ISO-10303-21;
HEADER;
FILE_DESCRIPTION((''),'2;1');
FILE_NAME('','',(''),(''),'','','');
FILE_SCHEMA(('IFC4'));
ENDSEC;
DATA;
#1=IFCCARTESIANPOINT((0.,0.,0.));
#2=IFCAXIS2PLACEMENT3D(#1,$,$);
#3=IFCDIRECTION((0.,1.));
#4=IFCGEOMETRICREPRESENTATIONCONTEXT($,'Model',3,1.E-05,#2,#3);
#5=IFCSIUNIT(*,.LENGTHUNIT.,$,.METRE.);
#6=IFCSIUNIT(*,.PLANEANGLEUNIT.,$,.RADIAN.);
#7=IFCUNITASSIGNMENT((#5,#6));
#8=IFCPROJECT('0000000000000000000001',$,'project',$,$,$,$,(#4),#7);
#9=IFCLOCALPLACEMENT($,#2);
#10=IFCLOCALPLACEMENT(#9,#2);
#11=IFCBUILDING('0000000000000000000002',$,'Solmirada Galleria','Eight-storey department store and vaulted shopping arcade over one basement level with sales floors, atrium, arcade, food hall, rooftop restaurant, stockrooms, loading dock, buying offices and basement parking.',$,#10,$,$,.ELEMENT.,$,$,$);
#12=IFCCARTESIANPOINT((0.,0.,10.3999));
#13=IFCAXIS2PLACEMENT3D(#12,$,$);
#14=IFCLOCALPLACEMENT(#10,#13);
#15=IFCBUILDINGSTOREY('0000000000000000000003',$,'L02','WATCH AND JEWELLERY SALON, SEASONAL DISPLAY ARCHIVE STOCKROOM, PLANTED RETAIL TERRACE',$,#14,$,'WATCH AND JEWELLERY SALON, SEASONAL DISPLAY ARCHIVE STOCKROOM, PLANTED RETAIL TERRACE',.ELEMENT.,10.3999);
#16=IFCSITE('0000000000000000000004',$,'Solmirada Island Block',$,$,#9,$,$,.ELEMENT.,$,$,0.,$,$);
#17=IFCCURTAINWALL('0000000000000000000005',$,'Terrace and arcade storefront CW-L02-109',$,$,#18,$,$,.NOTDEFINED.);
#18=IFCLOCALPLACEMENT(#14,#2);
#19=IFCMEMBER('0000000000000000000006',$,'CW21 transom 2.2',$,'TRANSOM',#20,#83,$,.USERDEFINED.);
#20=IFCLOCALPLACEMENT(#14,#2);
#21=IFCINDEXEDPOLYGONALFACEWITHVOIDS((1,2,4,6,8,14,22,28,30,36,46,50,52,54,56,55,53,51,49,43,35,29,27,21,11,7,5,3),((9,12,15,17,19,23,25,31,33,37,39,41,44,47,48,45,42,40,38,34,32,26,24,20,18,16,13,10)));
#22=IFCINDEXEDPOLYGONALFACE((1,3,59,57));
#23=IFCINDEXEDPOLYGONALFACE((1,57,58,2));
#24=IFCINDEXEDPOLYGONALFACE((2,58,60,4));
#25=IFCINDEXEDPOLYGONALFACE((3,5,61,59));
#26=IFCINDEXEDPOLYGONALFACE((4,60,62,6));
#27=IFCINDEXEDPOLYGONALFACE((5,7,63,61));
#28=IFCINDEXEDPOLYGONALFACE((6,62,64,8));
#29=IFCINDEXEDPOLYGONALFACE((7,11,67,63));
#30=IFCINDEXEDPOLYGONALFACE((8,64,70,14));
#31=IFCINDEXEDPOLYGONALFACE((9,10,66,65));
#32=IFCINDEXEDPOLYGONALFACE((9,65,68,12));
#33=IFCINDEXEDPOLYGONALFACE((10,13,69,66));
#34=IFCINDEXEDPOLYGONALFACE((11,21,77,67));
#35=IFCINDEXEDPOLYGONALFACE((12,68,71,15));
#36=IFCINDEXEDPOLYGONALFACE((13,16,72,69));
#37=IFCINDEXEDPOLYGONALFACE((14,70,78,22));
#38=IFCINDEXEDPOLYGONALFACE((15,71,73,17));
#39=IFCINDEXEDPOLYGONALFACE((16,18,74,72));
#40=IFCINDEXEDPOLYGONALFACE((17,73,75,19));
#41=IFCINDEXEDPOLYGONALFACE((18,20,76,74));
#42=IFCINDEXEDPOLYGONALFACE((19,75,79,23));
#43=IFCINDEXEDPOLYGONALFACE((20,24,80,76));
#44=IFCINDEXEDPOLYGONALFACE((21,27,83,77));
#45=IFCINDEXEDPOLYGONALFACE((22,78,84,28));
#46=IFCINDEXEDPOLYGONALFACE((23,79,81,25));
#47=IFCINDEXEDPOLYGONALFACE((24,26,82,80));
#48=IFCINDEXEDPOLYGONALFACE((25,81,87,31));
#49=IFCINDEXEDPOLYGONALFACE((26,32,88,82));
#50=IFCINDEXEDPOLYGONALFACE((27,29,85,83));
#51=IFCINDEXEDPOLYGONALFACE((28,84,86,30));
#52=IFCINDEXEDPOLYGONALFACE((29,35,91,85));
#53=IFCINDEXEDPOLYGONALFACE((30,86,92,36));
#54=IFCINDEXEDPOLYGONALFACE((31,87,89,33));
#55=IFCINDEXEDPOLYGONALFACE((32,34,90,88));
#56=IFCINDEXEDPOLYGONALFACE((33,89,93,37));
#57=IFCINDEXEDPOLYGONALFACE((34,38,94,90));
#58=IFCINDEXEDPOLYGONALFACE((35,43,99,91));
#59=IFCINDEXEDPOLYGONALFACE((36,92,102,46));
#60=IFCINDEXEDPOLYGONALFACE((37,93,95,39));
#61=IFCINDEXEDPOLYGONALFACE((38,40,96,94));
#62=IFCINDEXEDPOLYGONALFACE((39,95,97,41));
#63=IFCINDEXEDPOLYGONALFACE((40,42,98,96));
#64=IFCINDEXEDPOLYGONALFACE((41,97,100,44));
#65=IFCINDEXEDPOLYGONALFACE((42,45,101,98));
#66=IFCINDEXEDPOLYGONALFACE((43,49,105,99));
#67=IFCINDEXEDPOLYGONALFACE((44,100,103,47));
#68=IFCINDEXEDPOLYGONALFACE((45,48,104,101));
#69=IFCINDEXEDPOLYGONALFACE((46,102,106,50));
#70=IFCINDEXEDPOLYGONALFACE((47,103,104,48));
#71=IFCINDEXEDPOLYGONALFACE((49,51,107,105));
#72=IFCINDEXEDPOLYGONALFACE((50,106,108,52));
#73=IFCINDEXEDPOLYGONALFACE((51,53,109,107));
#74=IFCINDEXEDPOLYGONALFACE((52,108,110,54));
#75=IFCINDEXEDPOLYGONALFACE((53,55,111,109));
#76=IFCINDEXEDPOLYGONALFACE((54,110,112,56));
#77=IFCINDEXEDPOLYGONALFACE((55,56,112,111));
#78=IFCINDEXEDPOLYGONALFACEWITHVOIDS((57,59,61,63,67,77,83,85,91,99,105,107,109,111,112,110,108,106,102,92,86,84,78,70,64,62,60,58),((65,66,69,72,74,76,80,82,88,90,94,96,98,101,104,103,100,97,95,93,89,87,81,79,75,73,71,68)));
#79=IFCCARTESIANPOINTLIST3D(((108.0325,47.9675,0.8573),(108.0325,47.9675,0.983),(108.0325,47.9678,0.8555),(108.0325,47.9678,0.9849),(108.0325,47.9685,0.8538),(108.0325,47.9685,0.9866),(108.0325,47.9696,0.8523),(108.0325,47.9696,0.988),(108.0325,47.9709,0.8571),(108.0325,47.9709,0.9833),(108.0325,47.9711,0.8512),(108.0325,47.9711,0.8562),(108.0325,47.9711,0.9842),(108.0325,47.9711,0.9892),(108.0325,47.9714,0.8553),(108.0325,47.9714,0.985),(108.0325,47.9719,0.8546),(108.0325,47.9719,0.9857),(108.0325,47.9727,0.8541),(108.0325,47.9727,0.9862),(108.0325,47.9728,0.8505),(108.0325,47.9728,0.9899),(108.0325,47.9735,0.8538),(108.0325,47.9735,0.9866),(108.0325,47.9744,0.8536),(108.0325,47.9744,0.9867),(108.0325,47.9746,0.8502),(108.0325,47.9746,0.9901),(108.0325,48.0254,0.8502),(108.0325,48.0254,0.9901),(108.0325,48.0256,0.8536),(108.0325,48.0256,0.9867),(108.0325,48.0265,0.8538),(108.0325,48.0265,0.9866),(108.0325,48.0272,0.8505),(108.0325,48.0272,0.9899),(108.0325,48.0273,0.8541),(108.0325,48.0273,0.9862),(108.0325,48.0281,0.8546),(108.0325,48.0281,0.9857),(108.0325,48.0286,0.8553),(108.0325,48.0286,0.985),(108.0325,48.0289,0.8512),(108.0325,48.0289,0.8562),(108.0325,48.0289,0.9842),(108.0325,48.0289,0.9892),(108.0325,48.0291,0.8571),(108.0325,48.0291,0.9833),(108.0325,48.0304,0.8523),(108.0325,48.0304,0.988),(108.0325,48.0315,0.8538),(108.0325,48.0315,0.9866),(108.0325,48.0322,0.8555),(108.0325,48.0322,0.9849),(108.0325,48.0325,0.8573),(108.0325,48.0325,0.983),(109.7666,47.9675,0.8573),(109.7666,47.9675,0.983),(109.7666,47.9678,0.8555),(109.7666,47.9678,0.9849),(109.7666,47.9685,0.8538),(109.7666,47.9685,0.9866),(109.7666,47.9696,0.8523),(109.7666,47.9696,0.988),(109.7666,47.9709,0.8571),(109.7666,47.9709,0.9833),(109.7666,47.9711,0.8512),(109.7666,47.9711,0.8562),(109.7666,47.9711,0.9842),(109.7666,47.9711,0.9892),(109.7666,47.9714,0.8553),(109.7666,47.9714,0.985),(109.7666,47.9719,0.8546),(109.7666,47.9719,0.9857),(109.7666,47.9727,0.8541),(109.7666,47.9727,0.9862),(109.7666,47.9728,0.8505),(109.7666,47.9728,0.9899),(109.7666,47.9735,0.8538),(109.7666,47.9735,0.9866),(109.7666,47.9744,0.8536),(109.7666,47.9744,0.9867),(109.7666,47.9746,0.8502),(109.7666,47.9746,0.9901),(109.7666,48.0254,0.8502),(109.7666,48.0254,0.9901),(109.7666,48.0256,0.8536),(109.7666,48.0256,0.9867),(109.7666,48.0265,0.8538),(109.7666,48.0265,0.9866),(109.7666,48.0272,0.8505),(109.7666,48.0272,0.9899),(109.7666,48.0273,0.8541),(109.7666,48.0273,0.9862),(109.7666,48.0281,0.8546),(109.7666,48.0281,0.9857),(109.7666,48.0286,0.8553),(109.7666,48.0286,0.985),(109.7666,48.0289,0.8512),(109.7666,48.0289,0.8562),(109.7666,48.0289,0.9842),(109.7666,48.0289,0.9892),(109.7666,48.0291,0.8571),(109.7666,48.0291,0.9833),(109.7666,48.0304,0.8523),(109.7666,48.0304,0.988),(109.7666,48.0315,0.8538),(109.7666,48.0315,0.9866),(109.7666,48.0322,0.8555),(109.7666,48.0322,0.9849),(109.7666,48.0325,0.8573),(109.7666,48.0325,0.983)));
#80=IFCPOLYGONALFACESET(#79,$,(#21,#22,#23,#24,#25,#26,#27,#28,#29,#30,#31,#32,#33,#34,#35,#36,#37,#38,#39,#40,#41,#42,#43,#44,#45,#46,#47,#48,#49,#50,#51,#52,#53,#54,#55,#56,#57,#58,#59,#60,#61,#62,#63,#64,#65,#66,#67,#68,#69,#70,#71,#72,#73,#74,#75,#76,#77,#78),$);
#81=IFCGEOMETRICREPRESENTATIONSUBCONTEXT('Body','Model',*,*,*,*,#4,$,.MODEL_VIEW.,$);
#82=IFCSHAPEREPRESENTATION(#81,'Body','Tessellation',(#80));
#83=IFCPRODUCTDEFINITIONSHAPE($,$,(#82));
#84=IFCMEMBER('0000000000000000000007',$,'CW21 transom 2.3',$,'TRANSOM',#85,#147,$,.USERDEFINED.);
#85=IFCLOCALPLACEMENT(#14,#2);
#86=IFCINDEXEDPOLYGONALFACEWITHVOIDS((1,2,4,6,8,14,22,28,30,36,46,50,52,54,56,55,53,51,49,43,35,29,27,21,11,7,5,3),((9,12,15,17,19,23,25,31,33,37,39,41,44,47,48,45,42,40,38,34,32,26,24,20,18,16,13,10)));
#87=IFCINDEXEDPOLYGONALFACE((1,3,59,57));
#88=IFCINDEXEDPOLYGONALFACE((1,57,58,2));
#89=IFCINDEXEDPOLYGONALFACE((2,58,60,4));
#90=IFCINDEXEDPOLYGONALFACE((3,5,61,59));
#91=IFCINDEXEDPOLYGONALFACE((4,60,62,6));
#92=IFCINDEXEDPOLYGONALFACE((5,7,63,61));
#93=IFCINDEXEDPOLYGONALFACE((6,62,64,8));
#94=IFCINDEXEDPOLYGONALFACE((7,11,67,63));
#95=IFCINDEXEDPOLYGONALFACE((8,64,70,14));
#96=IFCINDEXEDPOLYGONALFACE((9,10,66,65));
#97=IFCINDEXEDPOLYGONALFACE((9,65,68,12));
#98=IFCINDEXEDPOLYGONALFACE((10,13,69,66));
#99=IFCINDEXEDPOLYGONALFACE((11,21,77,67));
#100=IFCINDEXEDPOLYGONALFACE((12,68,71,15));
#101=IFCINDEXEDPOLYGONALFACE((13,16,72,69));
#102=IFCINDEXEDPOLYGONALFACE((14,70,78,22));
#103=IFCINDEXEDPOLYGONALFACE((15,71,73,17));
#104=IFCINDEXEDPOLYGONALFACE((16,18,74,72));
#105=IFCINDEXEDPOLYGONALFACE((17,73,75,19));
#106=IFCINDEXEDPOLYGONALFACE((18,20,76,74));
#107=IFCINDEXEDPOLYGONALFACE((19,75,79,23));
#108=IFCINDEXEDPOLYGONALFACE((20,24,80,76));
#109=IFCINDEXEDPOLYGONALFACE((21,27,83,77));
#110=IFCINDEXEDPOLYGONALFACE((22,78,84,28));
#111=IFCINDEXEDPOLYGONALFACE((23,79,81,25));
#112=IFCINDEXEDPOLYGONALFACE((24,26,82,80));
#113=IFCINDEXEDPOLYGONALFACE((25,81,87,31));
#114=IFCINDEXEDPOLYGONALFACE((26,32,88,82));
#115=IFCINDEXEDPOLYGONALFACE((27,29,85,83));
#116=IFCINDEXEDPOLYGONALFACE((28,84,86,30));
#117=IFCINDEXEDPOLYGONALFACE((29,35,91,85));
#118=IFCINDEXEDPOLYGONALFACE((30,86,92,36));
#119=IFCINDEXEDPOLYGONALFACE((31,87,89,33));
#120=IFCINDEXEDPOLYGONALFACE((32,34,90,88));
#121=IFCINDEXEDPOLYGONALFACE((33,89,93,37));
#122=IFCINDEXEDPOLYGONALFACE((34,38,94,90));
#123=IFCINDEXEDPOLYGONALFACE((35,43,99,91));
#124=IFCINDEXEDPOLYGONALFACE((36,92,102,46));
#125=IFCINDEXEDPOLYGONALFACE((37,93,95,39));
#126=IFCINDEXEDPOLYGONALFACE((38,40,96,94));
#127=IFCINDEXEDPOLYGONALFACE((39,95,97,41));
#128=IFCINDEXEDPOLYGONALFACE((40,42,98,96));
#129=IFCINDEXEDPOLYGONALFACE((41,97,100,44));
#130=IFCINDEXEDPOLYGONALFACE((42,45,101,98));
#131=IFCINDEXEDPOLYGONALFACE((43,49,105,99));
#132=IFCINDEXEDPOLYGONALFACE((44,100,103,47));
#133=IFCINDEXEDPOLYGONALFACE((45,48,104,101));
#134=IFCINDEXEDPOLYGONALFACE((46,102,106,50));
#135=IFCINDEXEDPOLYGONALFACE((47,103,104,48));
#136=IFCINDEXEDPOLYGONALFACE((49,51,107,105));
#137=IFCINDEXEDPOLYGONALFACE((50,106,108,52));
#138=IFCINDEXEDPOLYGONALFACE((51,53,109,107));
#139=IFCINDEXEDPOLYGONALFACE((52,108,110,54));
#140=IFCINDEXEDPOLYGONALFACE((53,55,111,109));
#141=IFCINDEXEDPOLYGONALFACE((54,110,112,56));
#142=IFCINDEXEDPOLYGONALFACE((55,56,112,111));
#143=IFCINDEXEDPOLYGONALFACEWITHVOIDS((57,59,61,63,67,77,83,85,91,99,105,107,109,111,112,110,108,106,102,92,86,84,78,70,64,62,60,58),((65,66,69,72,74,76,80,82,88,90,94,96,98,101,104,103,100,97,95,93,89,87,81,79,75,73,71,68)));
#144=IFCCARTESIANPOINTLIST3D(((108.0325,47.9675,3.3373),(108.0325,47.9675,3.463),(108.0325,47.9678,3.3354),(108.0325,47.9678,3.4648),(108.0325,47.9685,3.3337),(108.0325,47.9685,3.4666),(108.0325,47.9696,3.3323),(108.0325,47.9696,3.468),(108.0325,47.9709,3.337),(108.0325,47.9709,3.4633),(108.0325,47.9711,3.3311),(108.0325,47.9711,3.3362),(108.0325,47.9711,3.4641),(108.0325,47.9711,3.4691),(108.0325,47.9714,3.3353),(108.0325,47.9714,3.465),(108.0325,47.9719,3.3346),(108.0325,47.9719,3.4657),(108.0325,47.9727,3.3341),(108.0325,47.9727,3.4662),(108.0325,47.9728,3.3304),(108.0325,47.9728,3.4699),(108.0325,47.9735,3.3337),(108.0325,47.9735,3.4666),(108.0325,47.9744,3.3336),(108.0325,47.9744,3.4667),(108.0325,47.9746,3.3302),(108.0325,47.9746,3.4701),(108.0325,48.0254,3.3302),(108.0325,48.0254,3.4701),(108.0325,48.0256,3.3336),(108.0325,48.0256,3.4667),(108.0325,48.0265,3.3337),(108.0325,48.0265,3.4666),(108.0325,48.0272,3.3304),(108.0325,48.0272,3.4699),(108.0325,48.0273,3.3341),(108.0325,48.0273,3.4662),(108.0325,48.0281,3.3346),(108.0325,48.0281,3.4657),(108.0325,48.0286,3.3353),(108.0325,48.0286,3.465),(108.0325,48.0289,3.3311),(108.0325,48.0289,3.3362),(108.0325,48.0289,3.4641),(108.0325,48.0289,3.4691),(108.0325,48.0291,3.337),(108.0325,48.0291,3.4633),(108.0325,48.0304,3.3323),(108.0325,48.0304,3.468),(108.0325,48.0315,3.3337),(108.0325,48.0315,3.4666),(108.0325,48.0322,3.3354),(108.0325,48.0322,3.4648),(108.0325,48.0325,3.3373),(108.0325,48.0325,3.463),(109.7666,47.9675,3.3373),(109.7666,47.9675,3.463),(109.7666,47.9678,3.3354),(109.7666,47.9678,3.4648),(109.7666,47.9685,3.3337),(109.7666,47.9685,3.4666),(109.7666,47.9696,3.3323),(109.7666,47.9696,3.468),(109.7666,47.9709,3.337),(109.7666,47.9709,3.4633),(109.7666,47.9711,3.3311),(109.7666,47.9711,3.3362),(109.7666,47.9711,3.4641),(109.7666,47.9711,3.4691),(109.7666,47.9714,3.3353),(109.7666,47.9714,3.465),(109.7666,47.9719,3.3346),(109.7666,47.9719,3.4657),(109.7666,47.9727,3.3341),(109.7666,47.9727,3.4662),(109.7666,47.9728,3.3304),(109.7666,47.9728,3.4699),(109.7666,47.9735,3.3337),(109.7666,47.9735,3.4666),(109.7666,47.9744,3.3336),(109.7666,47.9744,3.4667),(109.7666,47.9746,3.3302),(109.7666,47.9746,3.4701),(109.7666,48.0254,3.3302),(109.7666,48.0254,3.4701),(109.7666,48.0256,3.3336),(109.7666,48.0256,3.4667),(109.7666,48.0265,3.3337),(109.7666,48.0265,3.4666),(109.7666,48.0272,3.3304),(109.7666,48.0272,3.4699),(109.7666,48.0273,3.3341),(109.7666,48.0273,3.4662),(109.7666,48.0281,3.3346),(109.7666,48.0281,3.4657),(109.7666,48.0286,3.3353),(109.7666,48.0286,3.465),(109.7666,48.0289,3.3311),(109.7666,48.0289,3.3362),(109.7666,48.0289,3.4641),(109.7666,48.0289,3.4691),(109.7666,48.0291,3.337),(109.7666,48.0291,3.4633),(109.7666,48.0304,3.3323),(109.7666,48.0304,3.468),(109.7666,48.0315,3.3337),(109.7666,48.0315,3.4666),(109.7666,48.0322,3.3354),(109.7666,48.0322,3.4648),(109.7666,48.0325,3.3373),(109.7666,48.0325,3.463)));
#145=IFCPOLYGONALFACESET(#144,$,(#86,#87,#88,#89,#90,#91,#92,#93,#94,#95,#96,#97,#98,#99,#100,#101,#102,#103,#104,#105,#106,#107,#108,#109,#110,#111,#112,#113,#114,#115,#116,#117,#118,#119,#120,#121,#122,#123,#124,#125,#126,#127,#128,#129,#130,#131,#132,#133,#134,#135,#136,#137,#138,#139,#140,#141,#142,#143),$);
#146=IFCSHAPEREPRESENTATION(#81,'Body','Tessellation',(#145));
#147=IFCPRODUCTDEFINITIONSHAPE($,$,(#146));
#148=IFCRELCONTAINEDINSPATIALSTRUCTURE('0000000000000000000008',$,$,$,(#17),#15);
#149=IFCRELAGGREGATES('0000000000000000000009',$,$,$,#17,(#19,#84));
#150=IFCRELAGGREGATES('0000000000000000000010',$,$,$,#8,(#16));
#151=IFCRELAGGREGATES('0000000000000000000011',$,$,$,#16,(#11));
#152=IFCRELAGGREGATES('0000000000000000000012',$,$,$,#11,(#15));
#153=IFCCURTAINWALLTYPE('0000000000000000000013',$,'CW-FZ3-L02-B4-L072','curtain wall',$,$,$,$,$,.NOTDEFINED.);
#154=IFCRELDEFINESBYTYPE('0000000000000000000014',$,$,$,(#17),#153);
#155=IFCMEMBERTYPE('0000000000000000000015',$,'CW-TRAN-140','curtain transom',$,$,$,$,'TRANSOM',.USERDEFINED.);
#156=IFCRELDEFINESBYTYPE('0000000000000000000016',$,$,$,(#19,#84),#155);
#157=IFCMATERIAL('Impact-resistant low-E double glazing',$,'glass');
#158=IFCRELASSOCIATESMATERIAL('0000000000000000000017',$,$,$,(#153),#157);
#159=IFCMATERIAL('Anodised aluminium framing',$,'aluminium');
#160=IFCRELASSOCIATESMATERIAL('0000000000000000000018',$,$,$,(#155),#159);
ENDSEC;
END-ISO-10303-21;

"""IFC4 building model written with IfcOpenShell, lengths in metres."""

from ifc_helpers import new_model, si_unit, direction, frame, origin, origin_2d, place, context, subcontext, project, spatial, hollow_rectangle, extrude, material, material_profile, profile_set, type_object, element, aggregate, save


model = new_model("IFC4")

# Units and contexts
model_context = context("Model", 3, precision=1e-05, world=origin(), true_north=direction((0.0, 1.0)))
body_context = subcontext(model_context, "Body", "Model", "MODEL_VIEW")
ifc_project = project(units=[si_unit("LENGTHUNIT", "METRE"), si_unit("PLANEANGLEUNIT", "RADIAN")], contexts=[model_context])

# Site, building, storey
site_placement = place(None, origin())
site = spatial("IfcSite", under=ifc_project, at=site_placement, Name="Solmirada Island Block", CompositionType="ELEMENT", RefElevation=0.0)
building_placement = place(site_placement, origin())
building = spatial("IfcBuilding", under=site, at=building_placement, Name="Solmirada Galleria", Description="Eight-storey department store and vaulted shopping arcade over one basement level with sales floors, atrium, arcade, food hall, rooftop restaurant, stockrooms, loading dock, buying offices and basement parking.", CompositionType="ELEMENT")
storey_placement = place(building_placement, frame((0.0, 0.0, 10.3999)))
storey = spatial("IfcBuildingStorey", under=building, at=storey_placement, Name="L02", Description="WATCH AND JEWELLERY SALON, SEASONAL DISPLAY ARCHIVE STOCKROOM, PLANTED RETAIL TERRACE", LongName="WATCH AND JEWELLERY SALON, SEASONAL DISPLAY ARCHIVE STOCKROOM, PLANTED RETAIL TERRACE", CompositionType="ELEMENT", Elevation=10.3999)

# Curtain wall
ifc_material_1 = material(Name="Impact-resistant low-E double glazing", Category="glass")
curtain_wall_type = type_object("IfcCurtainWallType", Name="CW-FZ3-L02-B4-L072", Description="curtain wall", PredefinedType="NOTDEFINED", material=ifc_material_1)
ifc_material_2 = material(Name="Anodised aluminium framing", Category="aluminium")
curtain_wall_1_placement = place(storey_placement, origin())
curtain_wall_1 = element("IfcCurtainWall", 1, at=curtain_wall_1_placement, inside=storey, type_object=curtain_wall_type, Name="Terrace and arcade storefront CW-L02-109", PredefinedType="NOTDEFINED")

# Members
ifc_material_profile_1 = material_profile(ifc_material_2, hollow_rectangle(XDim=0.0649, YDim=0.1399, WallThickness=0.0034, InnerFilletRadius=0.0034, OuterFilletRadius=0.0071, at=origin_2d()), Name="ALU-TRAN-140X65")
ifc_profile_set_1 = profile_set([ifc_material_profile_1], Name="Anodised aluminium framing")
member_type_1 = type_object("IfcMemberType", Name="CW-TRAN-140", Description="curtain transom", ElementType="TRANSOM", PredefinedType="USERDEFINED", material=ifc_profile_set_1)
member_1_placement = place(storey_placement, frame((109.7666, 48.0, 0.9202), z_axis=(-1.0, 0.0, 0.0), x_axis=(0.0, -1.0, 0.0)))
member_1 = element("IfcMember", 2, at=member_1_placement, type_object=member_type_1, Name="CW21 transom 2.2", ObjectType="TRANSOM", PredefinedType="USERDEFINED", context=body_context, shape_type="SweptSolid", body=[
    extrude(hollow_rectangle(XDim=0.0649, YDim=0.1399, WallThickness=0.0034, InnerFilletRadius=0.0034, OuterFilletRadius=0.0071, at=origin_2d()), origin(), (0.0, 0.0, 1.0), 1.7341),
])
member_2_placement = place(storey_placement, frame((109.7666, 48.0, 3.4001), z_axis=(-1.0, 0.0, 0.0), x_axis=(0.0, -1.0, 0.0)))
member_2 = element("IfcMember", 3, at=member_2_placement, type_object=member_type_1, Name="CW21 transom 2.3", ObjectType="TRANSOM", PredefinedType="USERDEFINED", context=body_context, shape_type="SweptSolid", body=[
    extrude(hollow_rectangle(XDim=0.0649, YDim=0.1399, WallThickness=0.0034, InnerFilletRadius=0.0034, OuterFilletRadius=0.0071, at=origin_2d()), origin(), (0.0, 0.0, 1.0), 1.7341),
])

aggregate(curtain_wall_1, [member_1, member_2])

save(model, "model.ifc")
